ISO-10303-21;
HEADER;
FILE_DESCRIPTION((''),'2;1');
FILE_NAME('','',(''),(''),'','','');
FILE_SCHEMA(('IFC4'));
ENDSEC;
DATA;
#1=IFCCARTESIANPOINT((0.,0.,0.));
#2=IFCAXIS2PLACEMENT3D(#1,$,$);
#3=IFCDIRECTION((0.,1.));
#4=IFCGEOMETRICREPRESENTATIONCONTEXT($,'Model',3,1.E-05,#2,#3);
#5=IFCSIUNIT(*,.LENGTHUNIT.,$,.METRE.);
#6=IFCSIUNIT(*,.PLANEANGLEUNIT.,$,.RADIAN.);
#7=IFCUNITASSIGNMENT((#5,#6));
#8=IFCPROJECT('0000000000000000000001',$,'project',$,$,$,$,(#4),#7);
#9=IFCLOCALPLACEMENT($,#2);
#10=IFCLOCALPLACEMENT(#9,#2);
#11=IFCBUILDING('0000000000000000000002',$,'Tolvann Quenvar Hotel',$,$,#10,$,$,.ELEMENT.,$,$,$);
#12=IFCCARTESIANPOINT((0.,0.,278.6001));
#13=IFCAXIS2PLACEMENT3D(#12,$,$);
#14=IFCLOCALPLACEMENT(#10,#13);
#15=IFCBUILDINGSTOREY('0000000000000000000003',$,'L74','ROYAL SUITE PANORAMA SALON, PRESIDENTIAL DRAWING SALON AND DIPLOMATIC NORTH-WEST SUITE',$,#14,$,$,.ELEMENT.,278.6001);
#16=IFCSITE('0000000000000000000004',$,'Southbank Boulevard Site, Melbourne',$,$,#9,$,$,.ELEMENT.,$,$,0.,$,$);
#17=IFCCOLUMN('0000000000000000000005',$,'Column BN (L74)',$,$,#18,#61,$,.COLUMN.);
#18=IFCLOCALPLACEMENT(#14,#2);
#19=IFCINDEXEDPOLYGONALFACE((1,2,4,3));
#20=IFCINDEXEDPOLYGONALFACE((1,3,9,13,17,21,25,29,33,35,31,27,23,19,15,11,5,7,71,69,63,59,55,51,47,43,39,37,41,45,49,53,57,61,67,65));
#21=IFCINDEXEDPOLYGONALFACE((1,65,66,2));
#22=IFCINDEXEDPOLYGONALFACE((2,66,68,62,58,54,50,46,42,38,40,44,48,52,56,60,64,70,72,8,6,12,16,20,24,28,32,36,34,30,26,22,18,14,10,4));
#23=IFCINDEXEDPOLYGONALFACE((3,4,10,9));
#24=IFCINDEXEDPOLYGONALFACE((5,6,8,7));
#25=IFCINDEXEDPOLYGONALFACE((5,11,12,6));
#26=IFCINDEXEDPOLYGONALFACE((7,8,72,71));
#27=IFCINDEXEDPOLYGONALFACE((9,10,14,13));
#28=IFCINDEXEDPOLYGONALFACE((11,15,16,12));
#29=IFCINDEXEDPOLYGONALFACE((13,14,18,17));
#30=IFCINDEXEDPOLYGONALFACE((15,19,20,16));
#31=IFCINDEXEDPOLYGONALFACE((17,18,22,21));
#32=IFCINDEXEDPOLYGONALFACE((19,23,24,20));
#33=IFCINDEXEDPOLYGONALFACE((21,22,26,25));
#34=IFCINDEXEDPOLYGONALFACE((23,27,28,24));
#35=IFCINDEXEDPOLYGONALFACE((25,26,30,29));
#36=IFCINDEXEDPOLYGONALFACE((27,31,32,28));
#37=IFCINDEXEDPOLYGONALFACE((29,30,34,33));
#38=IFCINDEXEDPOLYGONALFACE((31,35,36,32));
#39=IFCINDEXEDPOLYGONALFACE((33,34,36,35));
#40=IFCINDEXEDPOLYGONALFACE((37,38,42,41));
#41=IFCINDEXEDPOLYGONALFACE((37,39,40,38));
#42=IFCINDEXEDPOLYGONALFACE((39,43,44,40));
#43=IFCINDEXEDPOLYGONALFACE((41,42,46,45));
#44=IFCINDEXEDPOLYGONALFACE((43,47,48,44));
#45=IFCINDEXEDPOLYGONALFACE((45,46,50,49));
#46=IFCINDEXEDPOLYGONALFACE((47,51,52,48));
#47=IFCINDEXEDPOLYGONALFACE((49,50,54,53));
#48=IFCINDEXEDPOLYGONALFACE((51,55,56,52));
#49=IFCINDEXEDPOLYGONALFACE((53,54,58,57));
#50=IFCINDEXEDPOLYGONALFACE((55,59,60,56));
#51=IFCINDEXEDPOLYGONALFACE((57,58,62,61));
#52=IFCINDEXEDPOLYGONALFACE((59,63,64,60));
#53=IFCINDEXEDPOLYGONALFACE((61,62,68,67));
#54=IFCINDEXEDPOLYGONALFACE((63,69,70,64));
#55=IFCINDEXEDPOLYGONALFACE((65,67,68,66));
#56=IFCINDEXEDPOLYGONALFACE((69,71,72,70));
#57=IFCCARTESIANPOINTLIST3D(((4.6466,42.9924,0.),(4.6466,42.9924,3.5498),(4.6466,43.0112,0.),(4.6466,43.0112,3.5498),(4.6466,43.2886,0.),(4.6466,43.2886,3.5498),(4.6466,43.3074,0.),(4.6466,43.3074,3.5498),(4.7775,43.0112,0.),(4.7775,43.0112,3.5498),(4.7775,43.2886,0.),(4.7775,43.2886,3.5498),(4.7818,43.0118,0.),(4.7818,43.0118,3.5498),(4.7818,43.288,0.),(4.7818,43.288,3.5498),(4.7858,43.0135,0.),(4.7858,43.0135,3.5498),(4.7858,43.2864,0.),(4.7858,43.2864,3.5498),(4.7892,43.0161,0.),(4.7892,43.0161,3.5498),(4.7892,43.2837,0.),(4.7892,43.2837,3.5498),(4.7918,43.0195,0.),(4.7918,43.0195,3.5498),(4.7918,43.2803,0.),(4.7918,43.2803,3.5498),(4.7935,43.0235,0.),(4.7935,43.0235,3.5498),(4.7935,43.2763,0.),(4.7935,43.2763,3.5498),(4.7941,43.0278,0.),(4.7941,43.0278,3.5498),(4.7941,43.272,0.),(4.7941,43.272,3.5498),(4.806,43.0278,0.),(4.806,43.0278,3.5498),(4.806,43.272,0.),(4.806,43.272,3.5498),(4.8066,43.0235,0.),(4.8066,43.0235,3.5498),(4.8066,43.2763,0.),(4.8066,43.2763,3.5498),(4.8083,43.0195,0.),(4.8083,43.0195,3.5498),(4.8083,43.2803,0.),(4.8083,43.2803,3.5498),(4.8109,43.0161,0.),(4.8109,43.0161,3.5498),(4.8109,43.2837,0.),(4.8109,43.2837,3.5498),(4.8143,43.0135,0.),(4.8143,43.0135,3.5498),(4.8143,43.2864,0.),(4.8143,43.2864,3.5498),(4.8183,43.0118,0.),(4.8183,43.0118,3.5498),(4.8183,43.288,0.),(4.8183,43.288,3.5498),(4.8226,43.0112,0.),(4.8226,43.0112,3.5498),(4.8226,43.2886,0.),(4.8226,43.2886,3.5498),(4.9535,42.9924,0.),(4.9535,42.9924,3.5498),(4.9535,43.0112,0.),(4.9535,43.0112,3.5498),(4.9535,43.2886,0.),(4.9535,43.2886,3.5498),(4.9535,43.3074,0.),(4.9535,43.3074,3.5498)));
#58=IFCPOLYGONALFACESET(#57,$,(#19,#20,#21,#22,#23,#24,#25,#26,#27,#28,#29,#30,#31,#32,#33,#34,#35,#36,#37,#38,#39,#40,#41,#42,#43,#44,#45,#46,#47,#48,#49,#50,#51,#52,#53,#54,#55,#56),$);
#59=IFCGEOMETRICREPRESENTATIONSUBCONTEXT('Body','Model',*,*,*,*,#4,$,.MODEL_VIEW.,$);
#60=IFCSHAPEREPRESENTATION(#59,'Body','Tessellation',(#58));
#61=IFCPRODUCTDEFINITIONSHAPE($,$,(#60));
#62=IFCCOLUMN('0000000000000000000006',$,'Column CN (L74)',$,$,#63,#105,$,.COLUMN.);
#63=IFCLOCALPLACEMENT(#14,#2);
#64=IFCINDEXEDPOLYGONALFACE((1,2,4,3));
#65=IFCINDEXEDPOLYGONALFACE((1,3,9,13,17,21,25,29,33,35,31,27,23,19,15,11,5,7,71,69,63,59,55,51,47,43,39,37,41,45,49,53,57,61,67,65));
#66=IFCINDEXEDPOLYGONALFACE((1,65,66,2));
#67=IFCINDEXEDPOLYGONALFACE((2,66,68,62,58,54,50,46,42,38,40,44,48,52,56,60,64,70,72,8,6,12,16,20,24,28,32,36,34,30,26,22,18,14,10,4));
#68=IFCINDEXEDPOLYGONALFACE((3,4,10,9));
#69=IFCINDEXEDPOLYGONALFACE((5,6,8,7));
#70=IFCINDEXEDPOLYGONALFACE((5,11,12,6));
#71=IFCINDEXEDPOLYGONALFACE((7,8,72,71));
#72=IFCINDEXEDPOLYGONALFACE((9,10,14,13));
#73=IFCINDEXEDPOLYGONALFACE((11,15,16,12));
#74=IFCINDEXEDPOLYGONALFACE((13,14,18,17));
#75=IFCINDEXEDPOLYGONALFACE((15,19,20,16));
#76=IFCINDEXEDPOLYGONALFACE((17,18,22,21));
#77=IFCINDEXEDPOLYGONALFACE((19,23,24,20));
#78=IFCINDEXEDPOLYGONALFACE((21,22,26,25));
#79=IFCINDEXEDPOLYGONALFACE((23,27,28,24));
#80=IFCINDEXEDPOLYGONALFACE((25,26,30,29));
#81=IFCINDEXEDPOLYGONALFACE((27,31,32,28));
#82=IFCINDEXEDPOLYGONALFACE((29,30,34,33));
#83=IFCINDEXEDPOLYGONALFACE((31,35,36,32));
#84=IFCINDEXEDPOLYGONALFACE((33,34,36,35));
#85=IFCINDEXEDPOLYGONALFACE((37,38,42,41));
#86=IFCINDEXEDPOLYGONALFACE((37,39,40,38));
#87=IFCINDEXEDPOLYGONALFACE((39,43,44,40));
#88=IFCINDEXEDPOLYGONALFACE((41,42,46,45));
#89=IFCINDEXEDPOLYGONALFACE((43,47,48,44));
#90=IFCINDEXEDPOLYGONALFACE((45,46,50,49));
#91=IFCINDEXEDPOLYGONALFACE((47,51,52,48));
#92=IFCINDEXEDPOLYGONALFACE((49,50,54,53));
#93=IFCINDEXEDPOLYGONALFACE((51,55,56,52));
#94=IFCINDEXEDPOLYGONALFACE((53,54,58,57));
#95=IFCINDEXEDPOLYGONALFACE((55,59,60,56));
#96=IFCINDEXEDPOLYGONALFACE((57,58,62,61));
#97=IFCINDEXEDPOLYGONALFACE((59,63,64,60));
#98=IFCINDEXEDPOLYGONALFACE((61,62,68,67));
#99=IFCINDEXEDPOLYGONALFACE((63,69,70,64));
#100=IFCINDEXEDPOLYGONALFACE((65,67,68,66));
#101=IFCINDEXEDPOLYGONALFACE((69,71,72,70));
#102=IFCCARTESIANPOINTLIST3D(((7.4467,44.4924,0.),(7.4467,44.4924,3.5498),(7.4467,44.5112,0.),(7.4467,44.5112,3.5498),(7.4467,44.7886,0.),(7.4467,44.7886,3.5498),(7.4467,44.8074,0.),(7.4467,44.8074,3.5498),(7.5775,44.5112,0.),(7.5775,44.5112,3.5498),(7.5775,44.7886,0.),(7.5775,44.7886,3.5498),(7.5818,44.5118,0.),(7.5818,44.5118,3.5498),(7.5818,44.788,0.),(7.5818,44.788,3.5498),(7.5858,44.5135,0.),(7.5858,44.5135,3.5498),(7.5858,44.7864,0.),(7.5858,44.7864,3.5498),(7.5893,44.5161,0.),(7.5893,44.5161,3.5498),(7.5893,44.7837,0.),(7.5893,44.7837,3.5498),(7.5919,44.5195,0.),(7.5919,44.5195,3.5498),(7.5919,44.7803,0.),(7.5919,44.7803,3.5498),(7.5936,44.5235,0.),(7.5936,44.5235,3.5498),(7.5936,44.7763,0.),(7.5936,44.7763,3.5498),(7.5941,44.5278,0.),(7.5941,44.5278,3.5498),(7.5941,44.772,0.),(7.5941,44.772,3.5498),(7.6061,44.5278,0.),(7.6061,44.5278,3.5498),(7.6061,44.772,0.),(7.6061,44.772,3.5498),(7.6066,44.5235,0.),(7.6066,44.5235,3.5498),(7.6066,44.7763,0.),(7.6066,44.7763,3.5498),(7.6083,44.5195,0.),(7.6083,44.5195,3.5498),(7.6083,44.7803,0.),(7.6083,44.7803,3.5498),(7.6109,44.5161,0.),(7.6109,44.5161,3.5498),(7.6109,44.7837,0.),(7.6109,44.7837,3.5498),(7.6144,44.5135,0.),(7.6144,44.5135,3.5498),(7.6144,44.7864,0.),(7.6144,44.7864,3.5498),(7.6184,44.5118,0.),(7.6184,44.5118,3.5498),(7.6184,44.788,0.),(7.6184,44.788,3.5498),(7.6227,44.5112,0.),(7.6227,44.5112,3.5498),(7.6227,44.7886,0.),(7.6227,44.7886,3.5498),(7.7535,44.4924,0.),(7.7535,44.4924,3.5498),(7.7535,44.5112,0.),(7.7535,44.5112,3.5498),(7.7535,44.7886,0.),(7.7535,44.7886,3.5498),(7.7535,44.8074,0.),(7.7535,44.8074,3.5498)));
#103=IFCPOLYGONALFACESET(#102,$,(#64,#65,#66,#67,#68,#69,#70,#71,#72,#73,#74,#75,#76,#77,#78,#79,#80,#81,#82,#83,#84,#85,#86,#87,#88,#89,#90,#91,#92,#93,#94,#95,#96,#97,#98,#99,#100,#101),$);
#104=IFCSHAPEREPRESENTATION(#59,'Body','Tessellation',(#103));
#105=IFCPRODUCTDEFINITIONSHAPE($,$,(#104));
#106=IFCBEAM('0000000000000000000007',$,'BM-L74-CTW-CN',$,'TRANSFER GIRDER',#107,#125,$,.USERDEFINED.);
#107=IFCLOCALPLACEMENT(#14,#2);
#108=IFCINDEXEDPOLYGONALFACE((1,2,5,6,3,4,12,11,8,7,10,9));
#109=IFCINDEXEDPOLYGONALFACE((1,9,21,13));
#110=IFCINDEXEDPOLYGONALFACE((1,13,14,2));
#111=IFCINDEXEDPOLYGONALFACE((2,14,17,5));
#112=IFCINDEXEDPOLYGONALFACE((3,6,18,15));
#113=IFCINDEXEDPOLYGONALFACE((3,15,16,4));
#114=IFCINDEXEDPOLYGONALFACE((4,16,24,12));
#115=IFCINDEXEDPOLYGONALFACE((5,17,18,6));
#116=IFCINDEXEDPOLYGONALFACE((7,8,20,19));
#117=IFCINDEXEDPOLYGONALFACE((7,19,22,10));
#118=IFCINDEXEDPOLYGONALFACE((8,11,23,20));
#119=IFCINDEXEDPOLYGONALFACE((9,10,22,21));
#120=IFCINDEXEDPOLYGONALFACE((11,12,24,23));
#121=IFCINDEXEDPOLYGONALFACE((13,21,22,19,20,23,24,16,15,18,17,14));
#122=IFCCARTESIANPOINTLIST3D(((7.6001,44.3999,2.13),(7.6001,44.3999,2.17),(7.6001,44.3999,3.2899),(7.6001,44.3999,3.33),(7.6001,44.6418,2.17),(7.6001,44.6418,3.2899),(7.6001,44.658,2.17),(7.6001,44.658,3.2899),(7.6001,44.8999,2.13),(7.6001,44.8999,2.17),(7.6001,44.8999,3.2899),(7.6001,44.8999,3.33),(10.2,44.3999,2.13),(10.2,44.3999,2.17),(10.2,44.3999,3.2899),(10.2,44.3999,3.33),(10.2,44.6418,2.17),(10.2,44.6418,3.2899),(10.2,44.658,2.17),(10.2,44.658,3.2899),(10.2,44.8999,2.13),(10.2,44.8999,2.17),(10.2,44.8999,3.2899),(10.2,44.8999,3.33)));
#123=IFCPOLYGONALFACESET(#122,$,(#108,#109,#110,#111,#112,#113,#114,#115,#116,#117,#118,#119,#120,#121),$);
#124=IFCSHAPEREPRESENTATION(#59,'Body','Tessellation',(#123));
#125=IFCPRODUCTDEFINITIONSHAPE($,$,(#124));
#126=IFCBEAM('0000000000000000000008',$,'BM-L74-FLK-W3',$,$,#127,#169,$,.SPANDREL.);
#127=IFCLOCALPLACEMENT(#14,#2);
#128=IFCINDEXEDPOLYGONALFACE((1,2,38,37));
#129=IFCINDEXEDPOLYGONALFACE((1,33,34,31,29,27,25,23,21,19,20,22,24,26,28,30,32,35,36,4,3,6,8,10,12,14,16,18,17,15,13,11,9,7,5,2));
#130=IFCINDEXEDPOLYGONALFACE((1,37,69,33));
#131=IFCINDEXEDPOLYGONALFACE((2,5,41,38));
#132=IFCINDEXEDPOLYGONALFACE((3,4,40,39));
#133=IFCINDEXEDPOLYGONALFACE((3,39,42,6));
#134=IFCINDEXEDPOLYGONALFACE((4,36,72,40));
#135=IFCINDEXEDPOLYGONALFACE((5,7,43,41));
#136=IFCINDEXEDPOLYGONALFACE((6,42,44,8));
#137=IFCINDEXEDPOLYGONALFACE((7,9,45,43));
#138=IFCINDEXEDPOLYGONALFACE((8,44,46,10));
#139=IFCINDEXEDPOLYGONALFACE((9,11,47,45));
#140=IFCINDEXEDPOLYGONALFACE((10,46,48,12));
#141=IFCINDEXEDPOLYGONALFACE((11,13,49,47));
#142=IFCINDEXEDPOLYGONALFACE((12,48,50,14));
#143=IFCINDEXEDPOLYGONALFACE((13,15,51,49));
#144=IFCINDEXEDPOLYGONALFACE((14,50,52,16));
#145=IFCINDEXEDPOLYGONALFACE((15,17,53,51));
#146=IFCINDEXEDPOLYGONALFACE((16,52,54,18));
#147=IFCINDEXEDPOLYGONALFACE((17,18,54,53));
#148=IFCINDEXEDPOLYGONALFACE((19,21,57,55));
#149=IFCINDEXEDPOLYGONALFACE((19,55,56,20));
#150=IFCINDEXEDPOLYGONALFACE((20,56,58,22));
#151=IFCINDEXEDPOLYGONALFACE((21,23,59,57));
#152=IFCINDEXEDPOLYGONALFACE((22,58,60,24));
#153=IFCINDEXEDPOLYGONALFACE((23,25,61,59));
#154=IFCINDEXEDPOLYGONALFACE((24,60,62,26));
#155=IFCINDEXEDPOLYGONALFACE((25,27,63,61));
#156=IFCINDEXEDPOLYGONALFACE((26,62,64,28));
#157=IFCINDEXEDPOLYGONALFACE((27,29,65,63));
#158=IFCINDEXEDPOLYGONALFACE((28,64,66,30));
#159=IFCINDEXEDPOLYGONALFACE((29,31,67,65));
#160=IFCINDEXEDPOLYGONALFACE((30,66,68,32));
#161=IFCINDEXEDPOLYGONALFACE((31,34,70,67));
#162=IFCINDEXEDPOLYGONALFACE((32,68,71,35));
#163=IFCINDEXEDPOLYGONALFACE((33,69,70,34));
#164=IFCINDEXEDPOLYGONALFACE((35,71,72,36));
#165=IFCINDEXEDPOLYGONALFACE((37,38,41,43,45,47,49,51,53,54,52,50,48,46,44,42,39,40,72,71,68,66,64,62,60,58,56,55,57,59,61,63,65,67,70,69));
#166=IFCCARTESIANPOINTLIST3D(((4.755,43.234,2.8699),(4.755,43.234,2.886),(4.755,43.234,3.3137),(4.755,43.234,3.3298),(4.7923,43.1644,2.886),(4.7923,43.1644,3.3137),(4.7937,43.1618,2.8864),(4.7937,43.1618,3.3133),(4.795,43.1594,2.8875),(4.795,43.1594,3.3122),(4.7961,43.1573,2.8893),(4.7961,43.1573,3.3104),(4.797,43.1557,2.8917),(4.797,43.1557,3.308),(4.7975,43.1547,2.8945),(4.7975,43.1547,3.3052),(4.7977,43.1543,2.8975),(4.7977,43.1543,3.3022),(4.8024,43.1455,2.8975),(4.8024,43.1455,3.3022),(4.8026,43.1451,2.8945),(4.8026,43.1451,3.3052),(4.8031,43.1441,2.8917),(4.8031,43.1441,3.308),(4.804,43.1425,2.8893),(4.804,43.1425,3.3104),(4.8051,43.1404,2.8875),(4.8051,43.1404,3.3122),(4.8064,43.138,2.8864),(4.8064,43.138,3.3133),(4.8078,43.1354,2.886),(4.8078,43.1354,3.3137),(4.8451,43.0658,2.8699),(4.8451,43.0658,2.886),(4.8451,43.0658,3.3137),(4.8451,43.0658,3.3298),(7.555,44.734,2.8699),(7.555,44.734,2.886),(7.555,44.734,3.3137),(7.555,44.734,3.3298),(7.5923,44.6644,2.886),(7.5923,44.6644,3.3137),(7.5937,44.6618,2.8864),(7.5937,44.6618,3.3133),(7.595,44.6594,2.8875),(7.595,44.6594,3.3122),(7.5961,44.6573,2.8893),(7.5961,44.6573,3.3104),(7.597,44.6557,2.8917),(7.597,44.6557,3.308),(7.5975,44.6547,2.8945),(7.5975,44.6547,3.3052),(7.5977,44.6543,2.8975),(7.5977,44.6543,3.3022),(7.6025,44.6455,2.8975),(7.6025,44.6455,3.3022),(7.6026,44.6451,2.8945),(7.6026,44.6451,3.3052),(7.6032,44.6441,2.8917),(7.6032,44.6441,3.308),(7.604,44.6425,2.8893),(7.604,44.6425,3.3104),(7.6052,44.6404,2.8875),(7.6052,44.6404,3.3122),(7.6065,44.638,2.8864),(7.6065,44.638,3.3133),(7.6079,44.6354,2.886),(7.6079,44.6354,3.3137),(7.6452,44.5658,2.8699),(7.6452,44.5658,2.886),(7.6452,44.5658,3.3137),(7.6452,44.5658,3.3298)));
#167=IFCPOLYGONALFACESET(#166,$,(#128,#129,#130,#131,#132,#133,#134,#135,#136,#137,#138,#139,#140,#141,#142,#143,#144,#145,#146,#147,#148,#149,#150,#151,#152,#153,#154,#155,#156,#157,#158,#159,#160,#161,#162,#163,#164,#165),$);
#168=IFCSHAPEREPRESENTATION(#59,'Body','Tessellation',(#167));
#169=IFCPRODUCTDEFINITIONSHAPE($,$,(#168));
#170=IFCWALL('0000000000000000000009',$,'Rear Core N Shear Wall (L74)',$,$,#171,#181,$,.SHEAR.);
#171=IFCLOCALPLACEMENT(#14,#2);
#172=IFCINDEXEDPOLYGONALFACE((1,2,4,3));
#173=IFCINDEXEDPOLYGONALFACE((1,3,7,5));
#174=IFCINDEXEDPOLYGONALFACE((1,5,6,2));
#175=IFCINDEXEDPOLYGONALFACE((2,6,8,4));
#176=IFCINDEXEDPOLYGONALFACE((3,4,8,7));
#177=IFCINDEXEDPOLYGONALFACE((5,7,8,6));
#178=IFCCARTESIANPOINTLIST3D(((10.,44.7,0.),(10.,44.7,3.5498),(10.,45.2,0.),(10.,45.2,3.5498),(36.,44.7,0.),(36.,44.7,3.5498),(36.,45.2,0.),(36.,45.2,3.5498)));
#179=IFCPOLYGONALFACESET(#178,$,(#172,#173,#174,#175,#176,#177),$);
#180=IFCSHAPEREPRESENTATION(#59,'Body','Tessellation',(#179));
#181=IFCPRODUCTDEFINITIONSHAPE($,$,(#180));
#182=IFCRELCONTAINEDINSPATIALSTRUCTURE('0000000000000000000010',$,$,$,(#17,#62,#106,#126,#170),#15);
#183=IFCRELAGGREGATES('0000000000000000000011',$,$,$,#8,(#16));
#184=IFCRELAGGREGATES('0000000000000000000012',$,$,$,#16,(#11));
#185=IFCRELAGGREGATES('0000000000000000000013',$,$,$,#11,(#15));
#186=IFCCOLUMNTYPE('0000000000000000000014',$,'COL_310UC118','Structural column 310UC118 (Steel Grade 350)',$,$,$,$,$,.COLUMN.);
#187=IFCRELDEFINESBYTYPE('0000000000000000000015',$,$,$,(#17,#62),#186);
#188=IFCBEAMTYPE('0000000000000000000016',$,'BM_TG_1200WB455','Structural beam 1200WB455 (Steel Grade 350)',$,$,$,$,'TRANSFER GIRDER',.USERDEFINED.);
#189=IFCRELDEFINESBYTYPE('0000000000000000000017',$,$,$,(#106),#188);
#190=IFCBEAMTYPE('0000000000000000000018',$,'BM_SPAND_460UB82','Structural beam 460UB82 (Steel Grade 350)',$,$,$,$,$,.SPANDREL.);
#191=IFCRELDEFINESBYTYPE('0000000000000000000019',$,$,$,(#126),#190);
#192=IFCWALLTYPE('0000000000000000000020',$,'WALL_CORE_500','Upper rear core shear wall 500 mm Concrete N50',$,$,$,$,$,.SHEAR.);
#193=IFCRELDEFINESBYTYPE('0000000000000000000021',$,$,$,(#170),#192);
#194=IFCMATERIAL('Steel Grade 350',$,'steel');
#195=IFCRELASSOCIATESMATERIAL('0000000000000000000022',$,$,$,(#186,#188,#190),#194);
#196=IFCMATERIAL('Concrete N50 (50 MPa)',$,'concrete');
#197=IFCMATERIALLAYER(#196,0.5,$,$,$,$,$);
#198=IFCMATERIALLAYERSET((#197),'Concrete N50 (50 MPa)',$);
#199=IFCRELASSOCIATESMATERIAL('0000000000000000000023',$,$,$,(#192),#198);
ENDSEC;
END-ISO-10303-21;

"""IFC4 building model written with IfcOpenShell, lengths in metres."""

from ifc_helpers import new_model, si_unit, direction, frame, frame_2d, origin, origin_2d, place, context, subcontext, project, spatial, rectangle, i_section, extrude, source, transform, mapped, material, layer, layer_set, material_profile, profile_set, type_object, type_shapes, element, save


model = new_model("IFC4")

# Units and contexts
model_context = context("Model", 3, precision=1e-05, world=origin(), true_north=direction((0.0, 1.0)))
body_context = subcontext(model_context, "Body", "Model", "MODEL_VIEW")
ifc_project = project(units=[si_unit("LENGTHUNIT", "METRE"), si_unit("PLANEANGLEUNIT", "RADIAN")], contexts=[model_context])

# Site, building, storey
site_placement = place(None, origin())
site = spatial("IfcSite", under=ifc_project, at=site_placement, Name="Southbank Boulevard Site, Melbourne", CompositionType="ELEMENT", RefElevation=0.0)
building_placement = place(site_placement, origin())
building = spatial("IfcBuilding", under=site, at=building_placement, Name="Tolvann Quenvar Hotel", CompositionType="ELEMENT")
storey_placement = place(building_placement, frame((0.0, 0.0, 278.6001)))
storey = spatial("IfcBuildingStorey", under=building, at=storey_placement, Name="L74", Description="ROYAL SUITE PANORAMA SALON, PRESIDENTIAL DRAWING SALON AND DIPLOMATIC NORTH-WEST SUITE", CompositionType="ELEMENT", Elevation=278.6001)

# Columns
ifc_material_1 = material(Name="Steel Grade 350", Category="steel")
ifc_material_profile_1 = material_profile(ifc_material_1, i_section(OverallWidth=0.3069, OverallDepth=0.3149, WebThickness=0.012, FlangeThickness=0.0188, FilletRadius=0.0166, at=origin_2d()), Name="310UC118")
ifc_profile_set_1 = profile_set([ifc_material_profile_1], Name="Steel Grade 350")
column_type = type_object("IfcColumnType", Name="COL_310UC118", Description="Structural column 310UC118 (Steel Grade 350)", PredefinedType="COLUMN", material=ifc_profile_set_1)
shared_shape_1 = source(origin(), body_context, "Body", "SweptSolid", [
    extrude(i_section(OverallWidth=0.3069, OverallDepth=0.3149, WebThickness=0.012, FlangeThickness=0.0188, FilletRadius=0.0166, at=origin_2d()), origin(), (0.0, 0.0, 1.0), 3.5498),
])
type_shapes(column_type, [shared_shape_1])
for number, where, z_axis, x_axis, name in (
    (1, (4.8, 43.1499, 0.0), (0.0, 0.0, 1.0), (1.0, 0.0, 0.0), "Column BN (L74)"),
    (2, (7.6001, 44.6499, 0.0), (0.0, 0.0, 1.0), (1.0, 0.0, 0.0), "Column CN (L74)"),
):
    element("IfcColumn", number, at=place(storey_placement, frame(where, z_axis=z_axis, x_axis=x_axis)), inside=storey, type_object=column_type, Name=name, PredefinedType="COLUMN", context=body_context, shape_type="MappedRepresentation", body=[
        mapped(shared_shape_1, transform((0.0, 0.0, 0.0), x_axis=(1.0, 0.0, 0.0), y_axis=(0.0, 1.0, 0.0), z_axis=(0.0, 0.0, 1.0), scale=1.0)),
    ])

# Beams
ifc_material_profile_2 = material_profile(ifc_material_1, i_section(OverallWidth=0.5, OverallDepth=1.2, WebThickness=0.0161, FlangeThickness=0.04, at=origin_2d()), Name="1200WB455")
ifc_profile_set_2 = profile_set([ifc_material_profile_2], Name="Steel Grade 350")
beam_type_1 = type_object("IfcBeamType", Name="BM_TG_1200WB455", Description="Structural beam 1200WB455 (Steel Grade 350)", ElementType="TRANSFER GIRDER", PredefinedType="USERDEFINED", material=ifc_profile_set_2)
shared_shape_2 = source(origin(), body_context, "Body", "SweptSolid", [
    extrude(i_section(OverallWidth=0.5, OverallDepth=1.2, WebThickness=0.0161, FlangeThickness=0.04, at=origin_2d()), origin(), (0.0, 0.0, 1.0), 2.5999),
])
type_shapes(beam_type_1, [shared_shape_2])
beam_1_placement = place(storey_placement, frame((7.6001, 44.6499, 2.73), z_axis=(1.0, 0.0, 0.0), x_axis=(0.0, 1.0, 0.0)))
element("IfcBeam", 3, at=beam_1_placement, inside=storey, type_object=beam_type_1, Name="BM-L74-CTW-CN", ObjectType="TRANSFER GIRDER", PredefinedType="USERDEFINED", context=body_context, shape_type="MappedRepresentation", body=[
    mapped(shared_shape_2, transform((0.0, 0.0, 0.0), x_axis=(1.0, 0.0, 0.0), y_axis=(0.0, 1.0, 0.0), z_axis=(0.0, 0.0, 1.0), scale=1.0)),
])
ifc_material_profile_3 = material_profile(ifc_material_1, i_section(OverallWidth=0.1909, OverallDepth=0.46, WebThickness=0.01, FlangeThickness=0.0161, FilletRadius=0.0115, at=origin_2d()), Name="460UB82")
ifc_profile_set_3 = profile_set([ifc_material_profile_3], Name="Steel Grade 350")
beam_type_2 = type_object("IfcBeamType", Name="BM_SPAND_460UB82", Description="Structural beam 460UB82 (Steel Grade 350)", PredefinedType="SPANDREL", material=ifc_profile_set_3)
shared_shape_3 = source(origin(), body_context, "Body", "SweptSolid", [
    extrude(i_section(OverallWidth=0.1909, OverallDepth=0.46, WebThickness=0.01, FlangeThickness=0.0161, FilletRadius=0.0115, at=origin_2d()), origin(), (0.0, 0.0, 1.0), 3.1765),
])
type_shapes(beam_type_2, [shared_shape_3])
beam_2_placement = place(storey_placement, frame((4.8, 43.1499, 3.0999), z_axis=(0.881483, 0.472215, 0.0), x_axis=(-0.472215, 0.881483, 0.0)))
element("IfcBeam", 4, at=beam_2_placement, inside=storey, type_object=beam_type_2, Name="BM-L74-FLK-W3", PredefinedType="SPANDREL", context=body_context, shape_type="MappedRepresentation", body=[
    mapped(shared_shape_3, transform((0.0, 0.0, 0.0), x_axis=(1.0, 0.0, 0.0), y_axis=(0.0, 1.0, 0.0), z_axis=(0.0, 0.0, 1.0), scale=1.0)),
])

# Wall
ifc_material_2 = material(Name="Concrete N50 (50 MPa)", Category="concrete")
ifc_layer_1 = layer(ifc_material_2, 0.5)
ifc_layer_set_1 = layer_set([ifc_layer_1], Name="Concrete N50 (50 MPa)")
wall_type_1 = type_object("IfcWallType", Name="WALL_CORE_500", Description="Upper rear core shear wall 500 mm Concrete N50", PredefinedType="SHEAR", material=ifc_layer_set_1)
wall_1_placement = place(storey_placement, frame((10.0, 44.95, 0.0), z_axis=(0.0, 0.0, 1.0), x_axis=(1.0, 0.0, 0.0)))
element("IfcWall", 5, at=wall_1_placement, inside=storey, type_object=wall_type_1, Name="Rear Core N Shear Wall (L74)", PredefinedType="SHEAR", context=body_context, shape_type="SweptSolid", body=[
    extrude(rectangle(XDim=26.0, YDim=0.5, at=frame_2d((13.0, 0.0))), origin(), (0.0, 0.0, 1.0), 3.5498),
])

save(model, "model.ifc")
